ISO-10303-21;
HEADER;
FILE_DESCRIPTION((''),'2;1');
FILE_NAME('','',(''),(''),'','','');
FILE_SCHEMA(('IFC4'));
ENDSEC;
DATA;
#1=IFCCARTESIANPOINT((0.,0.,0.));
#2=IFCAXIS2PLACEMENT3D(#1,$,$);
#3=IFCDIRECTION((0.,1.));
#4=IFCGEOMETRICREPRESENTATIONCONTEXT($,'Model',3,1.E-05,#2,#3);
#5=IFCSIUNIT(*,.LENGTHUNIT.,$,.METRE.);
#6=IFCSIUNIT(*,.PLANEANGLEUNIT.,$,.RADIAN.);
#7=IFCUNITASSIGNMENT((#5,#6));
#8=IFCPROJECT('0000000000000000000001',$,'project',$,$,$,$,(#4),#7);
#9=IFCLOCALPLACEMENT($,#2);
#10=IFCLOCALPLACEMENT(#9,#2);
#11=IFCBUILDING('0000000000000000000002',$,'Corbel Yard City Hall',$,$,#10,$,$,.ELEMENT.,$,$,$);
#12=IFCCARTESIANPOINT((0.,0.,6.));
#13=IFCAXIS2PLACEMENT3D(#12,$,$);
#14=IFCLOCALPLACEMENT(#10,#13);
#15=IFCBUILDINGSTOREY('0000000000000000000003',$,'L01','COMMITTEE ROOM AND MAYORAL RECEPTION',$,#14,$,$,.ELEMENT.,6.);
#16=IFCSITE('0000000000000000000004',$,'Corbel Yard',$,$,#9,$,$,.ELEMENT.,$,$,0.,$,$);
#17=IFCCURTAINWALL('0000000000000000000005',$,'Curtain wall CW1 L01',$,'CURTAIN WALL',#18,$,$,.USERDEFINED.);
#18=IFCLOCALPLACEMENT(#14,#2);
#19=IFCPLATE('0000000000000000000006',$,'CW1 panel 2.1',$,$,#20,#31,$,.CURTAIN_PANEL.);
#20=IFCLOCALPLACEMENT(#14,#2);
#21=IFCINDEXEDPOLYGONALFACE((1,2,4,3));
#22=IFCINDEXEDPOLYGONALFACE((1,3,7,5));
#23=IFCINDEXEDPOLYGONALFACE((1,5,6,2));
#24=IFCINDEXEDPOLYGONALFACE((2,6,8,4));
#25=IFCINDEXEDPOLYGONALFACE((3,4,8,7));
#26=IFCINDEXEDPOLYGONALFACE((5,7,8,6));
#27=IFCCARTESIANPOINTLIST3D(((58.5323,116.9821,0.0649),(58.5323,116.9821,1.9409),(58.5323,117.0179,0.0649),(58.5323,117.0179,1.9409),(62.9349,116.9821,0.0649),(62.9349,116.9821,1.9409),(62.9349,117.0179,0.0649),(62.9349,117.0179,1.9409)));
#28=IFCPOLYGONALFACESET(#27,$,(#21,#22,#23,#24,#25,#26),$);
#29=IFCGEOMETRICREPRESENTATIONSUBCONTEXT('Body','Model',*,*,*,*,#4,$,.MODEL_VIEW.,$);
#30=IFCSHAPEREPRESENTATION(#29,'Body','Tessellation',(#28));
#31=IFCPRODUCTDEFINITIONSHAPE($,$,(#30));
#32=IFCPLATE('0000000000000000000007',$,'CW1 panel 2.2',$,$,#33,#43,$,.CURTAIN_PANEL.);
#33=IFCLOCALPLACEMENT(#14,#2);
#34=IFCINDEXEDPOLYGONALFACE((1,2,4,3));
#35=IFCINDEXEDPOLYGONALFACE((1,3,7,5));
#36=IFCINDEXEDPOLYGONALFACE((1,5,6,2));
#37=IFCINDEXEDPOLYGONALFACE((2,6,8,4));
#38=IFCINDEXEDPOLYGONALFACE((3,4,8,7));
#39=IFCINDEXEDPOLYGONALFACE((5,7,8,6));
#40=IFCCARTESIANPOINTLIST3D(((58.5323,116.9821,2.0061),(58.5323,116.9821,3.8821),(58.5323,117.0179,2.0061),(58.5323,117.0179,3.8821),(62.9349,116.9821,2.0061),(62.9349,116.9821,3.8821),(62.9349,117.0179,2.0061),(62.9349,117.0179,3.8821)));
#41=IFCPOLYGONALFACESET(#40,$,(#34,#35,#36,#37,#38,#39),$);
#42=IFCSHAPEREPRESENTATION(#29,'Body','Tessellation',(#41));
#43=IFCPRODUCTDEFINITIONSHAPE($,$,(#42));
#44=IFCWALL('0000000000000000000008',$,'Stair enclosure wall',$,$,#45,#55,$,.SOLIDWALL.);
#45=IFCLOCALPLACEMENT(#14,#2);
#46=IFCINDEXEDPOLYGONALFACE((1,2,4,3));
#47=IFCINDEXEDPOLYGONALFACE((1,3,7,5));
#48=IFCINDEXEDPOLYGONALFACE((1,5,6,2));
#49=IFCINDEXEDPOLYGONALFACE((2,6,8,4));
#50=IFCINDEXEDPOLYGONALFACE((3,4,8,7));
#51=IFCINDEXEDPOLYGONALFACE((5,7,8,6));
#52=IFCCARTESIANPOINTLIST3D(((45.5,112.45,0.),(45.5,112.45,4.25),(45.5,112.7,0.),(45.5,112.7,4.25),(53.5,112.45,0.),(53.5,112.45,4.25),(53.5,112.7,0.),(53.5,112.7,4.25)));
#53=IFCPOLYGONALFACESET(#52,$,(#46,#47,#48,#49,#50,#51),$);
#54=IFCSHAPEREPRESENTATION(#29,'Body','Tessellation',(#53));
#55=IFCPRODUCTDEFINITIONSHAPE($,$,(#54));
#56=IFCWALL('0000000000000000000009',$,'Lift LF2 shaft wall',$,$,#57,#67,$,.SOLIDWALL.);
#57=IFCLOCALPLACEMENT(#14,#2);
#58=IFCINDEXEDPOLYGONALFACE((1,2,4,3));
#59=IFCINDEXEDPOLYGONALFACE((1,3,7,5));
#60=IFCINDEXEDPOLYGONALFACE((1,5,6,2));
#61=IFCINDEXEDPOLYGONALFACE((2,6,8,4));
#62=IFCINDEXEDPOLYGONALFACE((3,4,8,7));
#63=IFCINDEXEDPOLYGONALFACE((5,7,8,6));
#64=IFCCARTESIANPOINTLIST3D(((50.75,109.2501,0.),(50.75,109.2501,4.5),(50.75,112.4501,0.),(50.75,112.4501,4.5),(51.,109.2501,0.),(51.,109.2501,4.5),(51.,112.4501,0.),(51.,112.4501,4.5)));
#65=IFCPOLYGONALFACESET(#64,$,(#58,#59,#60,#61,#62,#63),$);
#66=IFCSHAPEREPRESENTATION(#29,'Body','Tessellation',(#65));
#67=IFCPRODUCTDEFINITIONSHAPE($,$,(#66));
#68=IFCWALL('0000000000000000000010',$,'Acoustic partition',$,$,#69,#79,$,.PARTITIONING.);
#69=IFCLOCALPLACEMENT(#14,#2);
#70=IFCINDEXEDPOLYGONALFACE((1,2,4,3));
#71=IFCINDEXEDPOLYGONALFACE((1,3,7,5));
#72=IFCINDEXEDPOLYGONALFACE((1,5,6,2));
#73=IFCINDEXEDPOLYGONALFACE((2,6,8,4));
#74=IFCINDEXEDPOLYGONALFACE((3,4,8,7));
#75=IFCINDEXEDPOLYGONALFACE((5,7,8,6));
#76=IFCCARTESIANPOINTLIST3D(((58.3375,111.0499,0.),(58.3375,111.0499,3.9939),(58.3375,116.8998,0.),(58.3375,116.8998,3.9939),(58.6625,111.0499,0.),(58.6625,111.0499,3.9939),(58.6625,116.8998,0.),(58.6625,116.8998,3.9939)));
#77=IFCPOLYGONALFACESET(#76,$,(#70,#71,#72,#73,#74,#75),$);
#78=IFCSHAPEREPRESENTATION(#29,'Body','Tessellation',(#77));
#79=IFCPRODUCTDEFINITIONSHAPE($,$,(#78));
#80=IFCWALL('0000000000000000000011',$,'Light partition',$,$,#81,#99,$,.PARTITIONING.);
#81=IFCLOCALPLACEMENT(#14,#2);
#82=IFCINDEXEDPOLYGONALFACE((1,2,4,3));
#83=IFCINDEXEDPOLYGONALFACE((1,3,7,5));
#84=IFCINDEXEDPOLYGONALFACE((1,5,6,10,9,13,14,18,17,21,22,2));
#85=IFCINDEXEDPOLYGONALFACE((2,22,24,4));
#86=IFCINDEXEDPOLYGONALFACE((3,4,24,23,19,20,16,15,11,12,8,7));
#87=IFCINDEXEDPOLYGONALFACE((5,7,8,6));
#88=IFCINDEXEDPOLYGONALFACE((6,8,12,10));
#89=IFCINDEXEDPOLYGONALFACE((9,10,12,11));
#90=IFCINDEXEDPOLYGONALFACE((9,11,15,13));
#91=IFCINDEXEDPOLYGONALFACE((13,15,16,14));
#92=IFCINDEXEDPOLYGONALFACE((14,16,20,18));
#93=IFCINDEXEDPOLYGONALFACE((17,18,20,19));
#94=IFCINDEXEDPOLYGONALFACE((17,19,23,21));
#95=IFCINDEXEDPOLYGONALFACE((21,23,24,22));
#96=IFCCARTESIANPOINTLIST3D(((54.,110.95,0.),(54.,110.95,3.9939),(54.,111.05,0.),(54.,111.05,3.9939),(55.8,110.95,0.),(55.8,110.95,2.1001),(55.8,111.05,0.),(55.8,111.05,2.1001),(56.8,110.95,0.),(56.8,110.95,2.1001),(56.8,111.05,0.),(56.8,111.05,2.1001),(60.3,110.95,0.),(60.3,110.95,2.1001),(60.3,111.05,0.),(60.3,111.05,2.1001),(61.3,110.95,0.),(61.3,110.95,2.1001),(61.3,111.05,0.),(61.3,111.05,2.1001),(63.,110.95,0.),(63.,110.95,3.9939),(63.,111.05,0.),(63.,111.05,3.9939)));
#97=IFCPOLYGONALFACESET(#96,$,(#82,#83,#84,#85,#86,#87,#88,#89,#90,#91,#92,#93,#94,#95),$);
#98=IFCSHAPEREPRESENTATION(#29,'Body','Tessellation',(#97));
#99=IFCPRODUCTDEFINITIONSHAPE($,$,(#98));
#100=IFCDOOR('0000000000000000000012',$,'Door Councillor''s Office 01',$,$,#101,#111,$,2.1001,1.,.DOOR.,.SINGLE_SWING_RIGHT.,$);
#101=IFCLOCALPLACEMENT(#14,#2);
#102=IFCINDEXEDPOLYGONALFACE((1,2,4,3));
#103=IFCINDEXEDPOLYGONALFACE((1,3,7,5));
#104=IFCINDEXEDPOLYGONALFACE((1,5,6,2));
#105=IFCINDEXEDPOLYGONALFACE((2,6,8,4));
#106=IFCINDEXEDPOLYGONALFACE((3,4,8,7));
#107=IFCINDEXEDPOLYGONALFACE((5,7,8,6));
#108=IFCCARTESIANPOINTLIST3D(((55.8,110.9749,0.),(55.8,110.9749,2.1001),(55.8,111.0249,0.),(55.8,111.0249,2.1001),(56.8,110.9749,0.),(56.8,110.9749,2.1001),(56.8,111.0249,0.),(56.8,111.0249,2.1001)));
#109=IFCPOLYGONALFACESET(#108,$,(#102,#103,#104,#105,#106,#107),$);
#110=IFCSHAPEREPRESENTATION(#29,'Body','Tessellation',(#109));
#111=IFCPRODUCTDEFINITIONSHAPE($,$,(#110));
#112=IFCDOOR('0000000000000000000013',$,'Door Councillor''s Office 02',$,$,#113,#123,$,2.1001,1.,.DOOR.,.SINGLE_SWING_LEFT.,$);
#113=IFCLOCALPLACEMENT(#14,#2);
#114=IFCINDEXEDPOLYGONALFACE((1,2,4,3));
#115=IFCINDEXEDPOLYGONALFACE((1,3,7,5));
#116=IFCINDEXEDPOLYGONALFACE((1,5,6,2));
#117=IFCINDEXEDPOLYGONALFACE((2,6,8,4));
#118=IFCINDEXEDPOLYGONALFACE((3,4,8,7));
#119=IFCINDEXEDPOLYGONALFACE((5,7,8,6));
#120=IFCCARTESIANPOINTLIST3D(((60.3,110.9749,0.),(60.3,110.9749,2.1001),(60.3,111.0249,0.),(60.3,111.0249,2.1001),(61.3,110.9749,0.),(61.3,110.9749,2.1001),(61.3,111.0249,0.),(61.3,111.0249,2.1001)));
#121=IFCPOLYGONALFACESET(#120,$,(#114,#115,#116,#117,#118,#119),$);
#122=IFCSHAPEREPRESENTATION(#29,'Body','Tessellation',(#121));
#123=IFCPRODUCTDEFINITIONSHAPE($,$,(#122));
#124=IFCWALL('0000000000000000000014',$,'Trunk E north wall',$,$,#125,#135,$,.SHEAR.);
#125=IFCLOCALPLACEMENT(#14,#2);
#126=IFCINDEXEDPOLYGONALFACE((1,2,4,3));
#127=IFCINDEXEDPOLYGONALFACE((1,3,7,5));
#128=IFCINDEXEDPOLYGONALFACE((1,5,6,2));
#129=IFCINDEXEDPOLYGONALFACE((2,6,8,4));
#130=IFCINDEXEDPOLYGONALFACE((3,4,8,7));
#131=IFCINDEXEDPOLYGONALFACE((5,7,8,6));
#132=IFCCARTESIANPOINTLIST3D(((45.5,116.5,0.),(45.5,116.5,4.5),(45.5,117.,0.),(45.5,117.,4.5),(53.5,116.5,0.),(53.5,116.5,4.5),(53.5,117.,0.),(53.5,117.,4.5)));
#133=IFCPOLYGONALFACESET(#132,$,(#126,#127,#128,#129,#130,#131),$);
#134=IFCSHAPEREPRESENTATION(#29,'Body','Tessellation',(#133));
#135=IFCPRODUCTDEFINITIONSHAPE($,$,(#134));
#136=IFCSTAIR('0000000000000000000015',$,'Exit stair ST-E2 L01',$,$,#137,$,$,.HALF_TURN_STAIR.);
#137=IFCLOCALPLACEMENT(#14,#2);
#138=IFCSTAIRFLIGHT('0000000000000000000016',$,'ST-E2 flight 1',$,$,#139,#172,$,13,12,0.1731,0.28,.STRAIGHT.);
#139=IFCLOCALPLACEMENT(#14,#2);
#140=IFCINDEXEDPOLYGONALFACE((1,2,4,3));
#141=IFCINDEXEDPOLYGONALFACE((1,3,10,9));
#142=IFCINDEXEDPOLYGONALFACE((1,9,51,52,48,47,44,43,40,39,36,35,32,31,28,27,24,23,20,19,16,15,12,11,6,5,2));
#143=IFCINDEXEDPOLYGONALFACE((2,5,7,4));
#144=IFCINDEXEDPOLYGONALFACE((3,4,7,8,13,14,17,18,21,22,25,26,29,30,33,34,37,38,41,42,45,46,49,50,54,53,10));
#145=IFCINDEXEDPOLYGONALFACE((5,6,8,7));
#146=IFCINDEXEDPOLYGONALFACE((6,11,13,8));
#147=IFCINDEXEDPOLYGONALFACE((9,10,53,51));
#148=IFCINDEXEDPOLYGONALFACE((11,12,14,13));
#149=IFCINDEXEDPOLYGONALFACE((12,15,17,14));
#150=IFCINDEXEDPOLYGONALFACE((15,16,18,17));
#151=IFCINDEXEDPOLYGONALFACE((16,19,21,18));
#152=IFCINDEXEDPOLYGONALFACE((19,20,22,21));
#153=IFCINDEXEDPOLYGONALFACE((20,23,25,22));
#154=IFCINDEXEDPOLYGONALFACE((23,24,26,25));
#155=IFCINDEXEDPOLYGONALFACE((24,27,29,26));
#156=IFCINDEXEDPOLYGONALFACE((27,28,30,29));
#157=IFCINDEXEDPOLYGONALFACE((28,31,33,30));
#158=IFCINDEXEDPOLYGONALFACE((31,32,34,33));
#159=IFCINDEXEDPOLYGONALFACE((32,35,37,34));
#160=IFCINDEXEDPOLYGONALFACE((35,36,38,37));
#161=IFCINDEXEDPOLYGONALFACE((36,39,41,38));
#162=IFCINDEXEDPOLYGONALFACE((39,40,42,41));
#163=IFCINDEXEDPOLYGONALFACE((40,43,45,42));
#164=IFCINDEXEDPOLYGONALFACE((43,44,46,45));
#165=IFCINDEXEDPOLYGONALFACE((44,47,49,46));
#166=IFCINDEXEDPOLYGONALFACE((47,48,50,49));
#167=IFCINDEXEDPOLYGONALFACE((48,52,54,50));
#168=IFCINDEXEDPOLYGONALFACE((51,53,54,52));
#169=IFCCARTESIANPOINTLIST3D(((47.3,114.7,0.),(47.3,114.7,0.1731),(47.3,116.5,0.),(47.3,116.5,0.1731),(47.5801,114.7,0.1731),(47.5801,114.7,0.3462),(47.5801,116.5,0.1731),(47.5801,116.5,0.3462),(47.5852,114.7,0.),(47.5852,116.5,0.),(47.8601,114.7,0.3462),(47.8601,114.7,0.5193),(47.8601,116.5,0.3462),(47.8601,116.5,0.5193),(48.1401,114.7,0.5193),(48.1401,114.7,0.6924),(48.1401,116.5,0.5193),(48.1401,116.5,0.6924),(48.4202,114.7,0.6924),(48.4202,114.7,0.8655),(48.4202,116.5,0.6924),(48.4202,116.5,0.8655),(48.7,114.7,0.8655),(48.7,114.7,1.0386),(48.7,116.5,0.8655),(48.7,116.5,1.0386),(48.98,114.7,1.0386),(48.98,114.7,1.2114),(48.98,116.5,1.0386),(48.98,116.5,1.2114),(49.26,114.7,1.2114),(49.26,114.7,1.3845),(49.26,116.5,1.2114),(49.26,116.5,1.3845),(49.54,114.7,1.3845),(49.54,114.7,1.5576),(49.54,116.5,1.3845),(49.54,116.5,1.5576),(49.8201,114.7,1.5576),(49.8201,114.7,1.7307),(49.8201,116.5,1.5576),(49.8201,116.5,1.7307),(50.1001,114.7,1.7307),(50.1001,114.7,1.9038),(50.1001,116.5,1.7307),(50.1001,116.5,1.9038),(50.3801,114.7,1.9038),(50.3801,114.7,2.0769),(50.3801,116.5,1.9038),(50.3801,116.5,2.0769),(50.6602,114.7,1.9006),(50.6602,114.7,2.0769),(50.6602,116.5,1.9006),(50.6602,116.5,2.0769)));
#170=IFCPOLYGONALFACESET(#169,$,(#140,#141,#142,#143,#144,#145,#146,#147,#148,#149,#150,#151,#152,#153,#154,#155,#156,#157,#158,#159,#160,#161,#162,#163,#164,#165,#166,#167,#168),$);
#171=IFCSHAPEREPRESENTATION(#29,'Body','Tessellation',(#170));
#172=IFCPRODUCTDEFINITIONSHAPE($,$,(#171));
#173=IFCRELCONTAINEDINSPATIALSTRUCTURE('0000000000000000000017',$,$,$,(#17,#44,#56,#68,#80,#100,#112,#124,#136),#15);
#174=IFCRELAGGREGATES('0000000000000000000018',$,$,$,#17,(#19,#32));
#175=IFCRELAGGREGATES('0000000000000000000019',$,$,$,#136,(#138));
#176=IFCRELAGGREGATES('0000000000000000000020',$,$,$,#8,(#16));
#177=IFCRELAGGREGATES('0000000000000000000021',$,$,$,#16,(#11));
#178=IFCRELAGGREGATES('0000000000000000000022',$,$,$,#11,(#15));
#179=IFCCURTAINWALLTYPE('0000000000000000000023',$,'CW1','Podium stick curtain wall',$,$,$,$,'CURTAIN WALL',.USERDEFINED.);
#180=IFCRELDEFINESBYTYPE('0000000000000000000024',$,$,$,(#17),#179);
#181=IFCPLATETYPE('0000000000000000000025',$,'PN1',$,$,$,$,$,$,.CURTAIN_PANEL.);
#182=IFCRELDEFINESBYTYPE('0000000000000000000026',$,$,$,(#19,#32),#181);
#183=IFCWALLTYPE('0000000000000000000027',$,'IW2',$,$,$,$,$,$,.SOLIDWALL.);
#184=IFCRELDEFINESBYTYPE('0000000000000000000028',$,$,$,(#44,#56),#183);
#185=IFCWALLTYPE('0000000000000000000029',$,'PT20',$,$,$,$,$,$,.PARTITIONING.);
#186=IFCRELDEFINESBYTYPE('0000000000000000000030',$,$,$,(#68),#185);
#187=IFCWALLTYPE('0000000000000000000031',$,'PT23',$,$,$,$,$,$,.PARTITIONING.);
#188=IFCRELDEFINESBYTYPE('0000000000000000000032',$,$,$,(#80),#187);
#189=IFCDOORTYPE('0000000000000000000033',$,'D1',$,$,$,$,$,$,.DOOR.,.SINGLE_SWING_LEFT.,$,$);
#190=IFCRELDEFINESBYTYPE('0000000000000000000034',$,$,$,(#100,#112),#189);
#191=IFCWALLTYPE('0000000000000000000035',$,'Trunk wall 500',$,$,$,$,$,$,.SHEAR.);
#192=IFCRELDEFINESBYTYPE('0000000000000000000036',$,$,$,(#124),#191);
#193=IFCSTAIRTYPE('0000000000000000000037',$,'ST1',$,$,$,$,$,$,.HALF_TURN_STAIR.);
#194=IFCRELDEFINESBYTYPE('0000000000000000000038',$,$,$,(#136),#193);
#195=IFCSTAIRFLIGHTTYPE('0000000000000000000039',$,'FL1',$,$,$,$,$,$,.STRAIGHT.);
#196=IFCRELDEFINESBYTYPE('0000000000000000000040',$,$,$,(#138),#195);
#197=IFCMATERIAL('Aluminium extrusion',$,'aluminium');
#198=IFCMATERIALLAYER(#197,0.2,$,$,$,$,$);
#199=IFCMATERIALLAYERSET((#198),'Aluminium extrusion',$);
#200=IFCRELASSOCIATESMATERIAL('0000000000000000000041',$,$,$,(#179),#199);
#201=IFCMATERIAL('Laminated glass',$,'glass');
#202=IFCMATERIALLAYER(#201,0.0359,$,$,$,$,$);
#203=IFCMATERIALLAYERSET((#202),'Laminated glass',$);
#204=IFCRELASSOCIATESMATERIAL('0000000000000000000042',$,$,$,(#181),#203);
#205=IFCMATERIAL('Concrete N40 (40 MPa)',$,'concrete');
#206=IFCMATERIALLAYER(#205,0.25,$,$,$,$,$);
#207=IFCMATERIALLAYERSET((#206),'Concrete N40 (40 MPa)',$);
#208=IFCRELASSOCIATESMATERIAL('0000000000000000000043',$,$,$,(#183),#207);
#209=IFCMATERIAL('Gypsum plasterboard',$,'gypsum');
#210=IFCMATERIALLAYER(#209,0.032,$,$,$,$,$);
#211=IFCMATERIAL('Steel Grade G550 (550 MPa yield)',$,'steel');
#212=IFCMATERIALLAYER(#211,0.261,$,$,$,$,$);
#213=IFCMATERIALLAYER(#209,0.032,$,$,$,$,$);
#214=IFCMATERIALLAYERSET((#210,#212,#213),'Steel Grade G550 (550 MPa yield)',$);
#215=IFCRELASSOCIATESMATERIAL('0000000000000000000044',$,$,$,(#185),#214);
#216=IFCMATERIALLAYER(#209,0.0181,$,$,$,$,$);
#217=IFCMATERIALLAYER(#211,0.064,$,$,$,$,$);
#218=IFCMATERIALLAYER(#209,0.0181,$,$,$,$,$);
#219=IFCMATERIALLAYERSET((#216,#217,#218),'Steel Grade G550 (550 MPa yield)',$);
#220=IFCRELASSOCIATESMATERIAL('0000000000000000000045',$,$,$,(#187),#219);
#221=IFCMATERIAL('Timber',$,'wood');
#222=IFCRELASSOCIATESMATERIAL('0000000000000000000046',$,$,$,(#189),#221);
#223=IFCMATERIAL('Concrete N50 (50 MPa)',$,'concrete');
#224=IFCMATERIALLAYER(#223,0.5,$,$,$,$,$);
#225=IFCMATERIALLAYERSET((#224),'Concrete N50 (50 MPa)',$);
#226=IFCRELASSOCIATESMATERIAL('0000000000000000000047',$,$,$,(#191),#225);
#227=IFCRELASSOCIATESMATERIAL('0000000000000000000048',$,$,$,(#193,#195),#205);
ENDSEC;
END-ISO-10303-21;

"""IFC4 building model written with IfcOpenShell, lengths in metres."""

from ifc_helpers import new_model, si_unit, direction, frame, frame_2d, origin, origin_2d, place, context, subcontext, project, spatial, polyline, rectangle, outline, extrude, material, layer, layer_set, type_object, element, fill, aggregate, save


model = new_model("IFC4")

# Units and contexts
model_context = context("Model", 3, precision=1e-05, world=origin(), true_north=direction((0.0, 1.0)))
body_context = subcontext(model_context, "Body", "Model", "MODEL_VIEW")
ifc_project = project(units=[si_unit("LENGTHUNIT", "METRE"), si_unit("PLANEANGLEUNIT", "RADIAN")], contexts=[model_context])

# Site, building, storey
site_placement = place(None, origin())
site = spatial("IfcSite", under=ifc_project, at=site_placement, Name="Corbel Yard", CompositionType="ELEMENT", RefElevation=0.0)
building_placement = place(site_placement, origin())
building = spatial("IfcBuilding", under=site, at=building_placement, Name="Corbel Yard City Hall", CompositionType="ELEMENT")
storey_placement = place(building_placement, frame((0.0, 0.0, 6.0)))
storey = spatial("IfcBuildingStorey", under=building, at=storey_placement, Name="L01", Description="COMMITTEE ROOM AND MAYORAL RECEPTION", CompositionType="ELEMENT", Elevation=6.0)

# Shared definitions
ifc_material_1 = material(Name="Aluminium extrusion", Category="aluminium")
ifc_layer_1 = layer(ifc_material_1, 0.2)
ifc_layer_set_1 = layer_set([ifc_layer_1], Name="Aluminium extrusion")
curtain_wall_type = type_object("IfcCurtainWallType", Name="CW1", Description="Podium stick curtain wall", ElementType="CURTAIN WALL", PredefinedType="USERDEFINED", material=ifc_layer_set_1)

# Curtain wall, plates
curtain_wall_1_placement = place(storey_placement, origin())
curtain_wall_1 = element("IfcCurtainWall", 1, at=curtain_wall_1_placement, inside=storey, type_object=curtain_wall_type, Name="Curtain wall CW1 L01", ObjectType="CURTAIN WALL", PredefinedType="USERDEFINED")
ifc_material_2 = material(Name="Laminated glass", Category="glass")
ifc_layer_2 = layer(ifc_material_2, 0.0359)
ifc_layer_set_2 = layer_set([ifc_layer_2], Name="Laminated glass")
plate_type = type_object("IfcPlateType", Name="PN1", PredefinedType="CURTAIN_PANEL", material=ifc_layer_set_2)
plate_1_placement = place(storey_placement, frame((60.7336, 117.0, 0.0649), z_axis=(0.0, 0.0, 1.0), x_axis=(1.0, 0.0, 0.0)))
plate_1 = element("IfcPlate", 2, at=plate_1_placement, type_object=plate_type, Name="CW1 panel 2.1", PredefinedType="CURTAIN_PANEL", context=body_context, shape_type="SweptSolid", body=[
    extrude(rectangle(XDim=4.4026, YDim=0.0359, at=origin_2d()), origin(), (0.0, 0.0, 1.0), 1.876),
])
plate_2_placement = place(storey_placement, frame((60.7336, 117.0, 2.0061), z_axis=(0.0, 0.0, 1.0), x_axis=(1.0, 0.0, 0.0)))
plate_2 = element("IfcPlate", 3, at=plate_2_placement, type_object=plate_type, Name="CW1 panel 2.2", PredefinedType="CURTAIN_PANEL", context=body_context, shape_type="SweptSolid", body=[
    extrude(rectangle(XDim=4.4026, YDim=0.0359, at=origin_2d()), origin(), (0.0, 0.0, 1.0), 1.876),
])
aggregate(curtain_wall_1, [plate_1, plate_2])

# Walls
ifc_material_3 = material(Name="Concrete N40 (40 MPa)", Category="concrete")
ifc_layer_3 = layer(ifc_material_3, 0.25)
ifc_layer_set_3 = layer_set([ifc_layer_3], Name="Concrete N40 (40 MPa)")
wall_type_1 = type_object("IfcWallType", Name="IW2", PredefinedType="SOLIDWALL", material=ifc_layer_set_3)
wall_1_placement = place(storey_placement, frame((45.5, 112.575, 0.0), z_axis=(0.0, 0.0, 1.0), x_axis=(1.0, 0.0, 0.0)))
element("IfcWall", 4, at=wall_1_placement, inside=storey, type_object=wall_type_1, Name="Stair enclosure wall", PredefinedType="SOLIDWALL", context=body_context, shape_type="SweptSolid", body=[
    extrude(rectangle(XDim=8.0, YDim=0.25, at=frame_2d((4.0, 0.0))), origin(), (0.0, 0.0, 1.0), 4.25),
])
wall_2_placement = place(storey_placement, frame((50.875, 109.25, 0.0), z_axis=(0.0, 0.0, 1.0), x_axis=(0.0, 1.0, 0.0)))
element("IfcWall", 5, at=wall_2_placement, inside=storey, type_object=wall_type_1, Name="Lift LF2 shaft wall", PredefinedType="SOLIDWALL", context=body_context, shape_type="SweptSolid", body=[
    extrude(rectangle(XDim=3.2, YDim=0.25, at=frame_2d((1.6001, 0.0))), origin(), (0.0, 0.0, 1.0), 4.5),
])
ifc_material_4 = material(Name="Gypsum plasterboard", Category="gypsum")
ifc_layer_4 = layer(ifc_material_4, 0.032)
ifc_material_5 = material(Name="Steel Grade G550 (550 MPa yield)", Category="steel")
ifc_layer_5 = layer(ifc_material_5, 0.261)
ifc_layer_6 = layer(ifc_material_4, 0.032)
ifc_layer_set_4 = layer_set([ifc_layer_4, ifc_layer_5, ifc_layer_6], Name="Steel Grade G550 (550 MPa yield)")
wall_type_2 = type_object("IfcWallType", Name="PT20", PredefinedType="PARTITIONING", material=ifc_layer_set_4)
wall_3_placement = place(storey_placement, frame((58.5, 111.05, 0.0), z_axis=(0.0, 0.0, 1.0), x_axis=(0.0, 1.0, 0.0)))
element("IfcWall", 6, at=wall_3_placement, inside=storey, type_object=wall_type_2, Name="Acoustic partition", PredefinedType="PARTITIONING", context=body_context, shape_type="SweptSolid", body=[
    extrude(rectangle(XDim=5.8499, YDim=0.325, at=frame_2d((2.9248, 0.0))), origin(), (0.0, 0.0, 1.0), 3.9939),
])

# Wall, openings, doors
ifc_layer_7 = layer(ifc_material_4, 0.0181)
ifc_layer_8 = layer(ifc_material_5, 0.064)
ifc_layer_9 = layer(ifc_material_4, 0.0181)
ifc_layer_set_5 = layer_set([ifc_layer_7, ifc_layer_8, ifc_layer_9], Name="Steel Grade G550 (550 MPa yield)")
wall_type_3 = type_object("IfcWallType", Name="PT23", PredefinedType="PARTITIONING", material=ifc_layer_set_5)
wall_4_placement = place(storey_placement, frame((54.0, 111.0, 0.0), z_axis=(0.0, 0.0, 1.0), x_axis=(1.0, 0.0, 0.0)))
wall_4 = element("IfcWall", 7, at=wall_4_placement, inside=storey, type_object=wall_type_3, Name="Light partition", PredefinedType="PARTITIONING", context=body_context, shape_type="SweptSolid", body=[
    extrude(rectangle(XDim=9.0, YDim=0.1001, at=frame_2d((4.5, 0.0))), origin(), (0.0, 0.0, 1.0), 3.9939),
])
opening_1_placement = place(wall_4_placement, frame((1.8, 0.0, 0.0)))
opening_1 = element("IfcOpeningElement", 8, at=opening_1_placement, cuts=wall_4, PredefinedType="OPENING", context=body_context, shape_type="SweptSolid", body=[
    extrude(rectangle(XDim=1.0, YDim=2.1001, at=frame_2d((0.5, 1.05))), frame((0.0, 0.0601, 0.0), z_axis=(0.0, -1.0, 0.0), x_axis=(1.0, 0.0, 0.0)), (0.0, 0.0, 1.0), 0.1201),
])
opening_2_placement = place(wall_4_placement, frame((6.3, 0.0, 0.0)))
opening_2 = element("IfcOpeningElement", 9, at=opening_2_placement, cuts=wall_4, PredefinedType="OPENING", context=body_context, shape_type="SweptSolid", body=[
    extrude(rectangle(XDim=1.0, YDim=2.1001, at=frame_2d((0.5, 1.05))), frame((0.0, 0.0601, 0.0), z_axis=(0.0, -1.0, 0.0), x_axis=(1.0, 0.0, 0.0)), (0.0, 0.0, 1.0), 0.1201),
])
ifc_material_6 = material(Name="Timber", Category="wood")
door_type = type_object("IfcDoorType", Name="D1", OperationType="SINGLE_SWING_LEFT", PredefinedType="DOOR", material=ifc_material_6)
door_1_placement = place(opening_1_placement, origin())
door_1 = element("IfcDoor", 10, at=door_1_placement, inside=storey, type_object=door_type, Name="Door Councillor's Office 01", OperationType="SINGLE_SWING_RIGHT", OverallHeight=2.1001, OverallWidth=1.0, PredefinedType="DOOR", context=body_context, shape_type="SweptSolid", body=[
    extrude(rectangle(XDim=1.0, YDim=2.1001, at=frame_2d((0.5, 1.05))), frame((0.0, 0.0249, 0.0), z_axis=(0.0, -1.0, 0.0), x_axis=(1.0, 0.0, 0.0)), (0.0, 0.0, 1.0), 0.05),
])
fill(opening_1, door_1)
door_2_placement = place(opening_2_placement, origin())
door_2 = element("IfcDoor", 11, at=door_2_placement, inside=storey, type_object=door_type, Name="Door Councillor's Office 02", OperationType="SINGLE_SWING_LEFT", OverallHeight=2.1001, OverallWidth=1.0, PredefinedType="DOOR", context=body_context, shape_type="SweptSolid", body=[
    extrude(rectangle(XDim=1.0, YDim=2.1001, at=frame_2d((0.5, 1.05))), frame((0.0, 0.0249, 0.0), z_axis=(0.0, -1.0, 0.0), x_axis=(1.0, 0.0, 0.0)), (0.0, 0.0, 1.0), 0.05),
])
fill(opening_2, door_2)

# Wall
ifc_material_7 = material(Name="Concrete N50 (50 MPa)", Category="concrete")
ifc_layer_10 = layer(ifc_material_7, 0.5)
ifc_layer_set_6 = layer_set([ifc_layer_10], Name="Concrete N50 (50 MPa)")
wall_type_4 = type_object("IfcWallType", Name="Trunk wall 500", PredefinedType="SHEAR", material=ifc_layer_set_6)
wall_5_placement = place(storey_placement, frame((45.5, 116.75, 0.0), z_axis=(0.0, 0.0, 1.0), x_axis=(1.0, 0.0, 0.0)))
element("IfcWall", 12, at=wall_5_placement, inside=storey, type_object=wall_type_4, Name="Trunk E north wall", PredefinedType="SHEAR", context=body_context, shape_type="SweptSolid", body=[
    extrude(rectangle(XDim=8.0, YDim=0.5, at=frame_2d((4.0, 0.0))), origin(), (0.0, 0.0, 1.0), 4.5),
])

# Stair, stair flight
stair_type = type_object("IfcStairType", Name="ST1", PredefinedType="HALF_TURN_STAIR", material=ifc_material_3)
stair_placement = place(storey_placement, origin())
stair = element("IfcStair", 13, at=stair_placement, inside=storey, type_object=stair_type, Name="Exit stair ST-E2 L01", PredefinedType="HALF_TURN_STAIR")
stair_flight_type = type_object("IfcStairFlightType", Name="FL1", PredefinedType="STRAIGHT", material=ifc_material_3)
stair_flight_1_placement = place(storey_placement, frame((47.3, 115.6001, 0.0), z_axis=(0.0, 0.0, 1.0), x_axis=(1.0, 0.0, 0.0)))
stair_flight_1 = element("IfcStairFlight", 14, at=stair_flight_1_placement, type_object=stair_flight_type, Name="ST-E2 flight 1", NumberOfRisers=13, NumberOfTreads=12, PredefinedType="STRAIGHT", RiserHeight=0.1731, TreadLength=0.28, context=body_context, shape_type="SweptSolid", body=[
    extrude(outline(polyline([(0.0, 0.0), (0.0, 0.1731), (0.28, 0.1731), (0.28, 0.3462), (0.5601, 0.3462), (0.5601, 0.5193), (0.8401, 0.5193), (0.8401, 0.6924), (1.1201, 0.6924), (1.1201, 0.8655), (1.3999, 0.8655), (1.3999, 1.0386), (1.6799, 1.0386), (1.6799, 1.2114), (1.96, 1.2114), (1.96, 1.3845), (2.24, 1.3845), (2.24, 1.5576), (2.52, 1.5576), (2.52, 1.7307), (2.8, 1.7307), (2.8, 1.9038), (3.0801, 1.9038), (3.0801, 2.0769), (3.3601, 2.0769), (3.3601, 2.25), (3.3601, 1.9006), (0.2852, 0.0), (0.0, 0.0)])), frame((0.0, 0.8999, 0.0), z_axis=(0.0, -1.0, 0.0), x_axis=(1.0, 0.0, 0.0)), (0.0, 0.0, 1.0), 1.8),
])
aggregate(stair, [stair_flight_1])

save(model, "model.ifc")
